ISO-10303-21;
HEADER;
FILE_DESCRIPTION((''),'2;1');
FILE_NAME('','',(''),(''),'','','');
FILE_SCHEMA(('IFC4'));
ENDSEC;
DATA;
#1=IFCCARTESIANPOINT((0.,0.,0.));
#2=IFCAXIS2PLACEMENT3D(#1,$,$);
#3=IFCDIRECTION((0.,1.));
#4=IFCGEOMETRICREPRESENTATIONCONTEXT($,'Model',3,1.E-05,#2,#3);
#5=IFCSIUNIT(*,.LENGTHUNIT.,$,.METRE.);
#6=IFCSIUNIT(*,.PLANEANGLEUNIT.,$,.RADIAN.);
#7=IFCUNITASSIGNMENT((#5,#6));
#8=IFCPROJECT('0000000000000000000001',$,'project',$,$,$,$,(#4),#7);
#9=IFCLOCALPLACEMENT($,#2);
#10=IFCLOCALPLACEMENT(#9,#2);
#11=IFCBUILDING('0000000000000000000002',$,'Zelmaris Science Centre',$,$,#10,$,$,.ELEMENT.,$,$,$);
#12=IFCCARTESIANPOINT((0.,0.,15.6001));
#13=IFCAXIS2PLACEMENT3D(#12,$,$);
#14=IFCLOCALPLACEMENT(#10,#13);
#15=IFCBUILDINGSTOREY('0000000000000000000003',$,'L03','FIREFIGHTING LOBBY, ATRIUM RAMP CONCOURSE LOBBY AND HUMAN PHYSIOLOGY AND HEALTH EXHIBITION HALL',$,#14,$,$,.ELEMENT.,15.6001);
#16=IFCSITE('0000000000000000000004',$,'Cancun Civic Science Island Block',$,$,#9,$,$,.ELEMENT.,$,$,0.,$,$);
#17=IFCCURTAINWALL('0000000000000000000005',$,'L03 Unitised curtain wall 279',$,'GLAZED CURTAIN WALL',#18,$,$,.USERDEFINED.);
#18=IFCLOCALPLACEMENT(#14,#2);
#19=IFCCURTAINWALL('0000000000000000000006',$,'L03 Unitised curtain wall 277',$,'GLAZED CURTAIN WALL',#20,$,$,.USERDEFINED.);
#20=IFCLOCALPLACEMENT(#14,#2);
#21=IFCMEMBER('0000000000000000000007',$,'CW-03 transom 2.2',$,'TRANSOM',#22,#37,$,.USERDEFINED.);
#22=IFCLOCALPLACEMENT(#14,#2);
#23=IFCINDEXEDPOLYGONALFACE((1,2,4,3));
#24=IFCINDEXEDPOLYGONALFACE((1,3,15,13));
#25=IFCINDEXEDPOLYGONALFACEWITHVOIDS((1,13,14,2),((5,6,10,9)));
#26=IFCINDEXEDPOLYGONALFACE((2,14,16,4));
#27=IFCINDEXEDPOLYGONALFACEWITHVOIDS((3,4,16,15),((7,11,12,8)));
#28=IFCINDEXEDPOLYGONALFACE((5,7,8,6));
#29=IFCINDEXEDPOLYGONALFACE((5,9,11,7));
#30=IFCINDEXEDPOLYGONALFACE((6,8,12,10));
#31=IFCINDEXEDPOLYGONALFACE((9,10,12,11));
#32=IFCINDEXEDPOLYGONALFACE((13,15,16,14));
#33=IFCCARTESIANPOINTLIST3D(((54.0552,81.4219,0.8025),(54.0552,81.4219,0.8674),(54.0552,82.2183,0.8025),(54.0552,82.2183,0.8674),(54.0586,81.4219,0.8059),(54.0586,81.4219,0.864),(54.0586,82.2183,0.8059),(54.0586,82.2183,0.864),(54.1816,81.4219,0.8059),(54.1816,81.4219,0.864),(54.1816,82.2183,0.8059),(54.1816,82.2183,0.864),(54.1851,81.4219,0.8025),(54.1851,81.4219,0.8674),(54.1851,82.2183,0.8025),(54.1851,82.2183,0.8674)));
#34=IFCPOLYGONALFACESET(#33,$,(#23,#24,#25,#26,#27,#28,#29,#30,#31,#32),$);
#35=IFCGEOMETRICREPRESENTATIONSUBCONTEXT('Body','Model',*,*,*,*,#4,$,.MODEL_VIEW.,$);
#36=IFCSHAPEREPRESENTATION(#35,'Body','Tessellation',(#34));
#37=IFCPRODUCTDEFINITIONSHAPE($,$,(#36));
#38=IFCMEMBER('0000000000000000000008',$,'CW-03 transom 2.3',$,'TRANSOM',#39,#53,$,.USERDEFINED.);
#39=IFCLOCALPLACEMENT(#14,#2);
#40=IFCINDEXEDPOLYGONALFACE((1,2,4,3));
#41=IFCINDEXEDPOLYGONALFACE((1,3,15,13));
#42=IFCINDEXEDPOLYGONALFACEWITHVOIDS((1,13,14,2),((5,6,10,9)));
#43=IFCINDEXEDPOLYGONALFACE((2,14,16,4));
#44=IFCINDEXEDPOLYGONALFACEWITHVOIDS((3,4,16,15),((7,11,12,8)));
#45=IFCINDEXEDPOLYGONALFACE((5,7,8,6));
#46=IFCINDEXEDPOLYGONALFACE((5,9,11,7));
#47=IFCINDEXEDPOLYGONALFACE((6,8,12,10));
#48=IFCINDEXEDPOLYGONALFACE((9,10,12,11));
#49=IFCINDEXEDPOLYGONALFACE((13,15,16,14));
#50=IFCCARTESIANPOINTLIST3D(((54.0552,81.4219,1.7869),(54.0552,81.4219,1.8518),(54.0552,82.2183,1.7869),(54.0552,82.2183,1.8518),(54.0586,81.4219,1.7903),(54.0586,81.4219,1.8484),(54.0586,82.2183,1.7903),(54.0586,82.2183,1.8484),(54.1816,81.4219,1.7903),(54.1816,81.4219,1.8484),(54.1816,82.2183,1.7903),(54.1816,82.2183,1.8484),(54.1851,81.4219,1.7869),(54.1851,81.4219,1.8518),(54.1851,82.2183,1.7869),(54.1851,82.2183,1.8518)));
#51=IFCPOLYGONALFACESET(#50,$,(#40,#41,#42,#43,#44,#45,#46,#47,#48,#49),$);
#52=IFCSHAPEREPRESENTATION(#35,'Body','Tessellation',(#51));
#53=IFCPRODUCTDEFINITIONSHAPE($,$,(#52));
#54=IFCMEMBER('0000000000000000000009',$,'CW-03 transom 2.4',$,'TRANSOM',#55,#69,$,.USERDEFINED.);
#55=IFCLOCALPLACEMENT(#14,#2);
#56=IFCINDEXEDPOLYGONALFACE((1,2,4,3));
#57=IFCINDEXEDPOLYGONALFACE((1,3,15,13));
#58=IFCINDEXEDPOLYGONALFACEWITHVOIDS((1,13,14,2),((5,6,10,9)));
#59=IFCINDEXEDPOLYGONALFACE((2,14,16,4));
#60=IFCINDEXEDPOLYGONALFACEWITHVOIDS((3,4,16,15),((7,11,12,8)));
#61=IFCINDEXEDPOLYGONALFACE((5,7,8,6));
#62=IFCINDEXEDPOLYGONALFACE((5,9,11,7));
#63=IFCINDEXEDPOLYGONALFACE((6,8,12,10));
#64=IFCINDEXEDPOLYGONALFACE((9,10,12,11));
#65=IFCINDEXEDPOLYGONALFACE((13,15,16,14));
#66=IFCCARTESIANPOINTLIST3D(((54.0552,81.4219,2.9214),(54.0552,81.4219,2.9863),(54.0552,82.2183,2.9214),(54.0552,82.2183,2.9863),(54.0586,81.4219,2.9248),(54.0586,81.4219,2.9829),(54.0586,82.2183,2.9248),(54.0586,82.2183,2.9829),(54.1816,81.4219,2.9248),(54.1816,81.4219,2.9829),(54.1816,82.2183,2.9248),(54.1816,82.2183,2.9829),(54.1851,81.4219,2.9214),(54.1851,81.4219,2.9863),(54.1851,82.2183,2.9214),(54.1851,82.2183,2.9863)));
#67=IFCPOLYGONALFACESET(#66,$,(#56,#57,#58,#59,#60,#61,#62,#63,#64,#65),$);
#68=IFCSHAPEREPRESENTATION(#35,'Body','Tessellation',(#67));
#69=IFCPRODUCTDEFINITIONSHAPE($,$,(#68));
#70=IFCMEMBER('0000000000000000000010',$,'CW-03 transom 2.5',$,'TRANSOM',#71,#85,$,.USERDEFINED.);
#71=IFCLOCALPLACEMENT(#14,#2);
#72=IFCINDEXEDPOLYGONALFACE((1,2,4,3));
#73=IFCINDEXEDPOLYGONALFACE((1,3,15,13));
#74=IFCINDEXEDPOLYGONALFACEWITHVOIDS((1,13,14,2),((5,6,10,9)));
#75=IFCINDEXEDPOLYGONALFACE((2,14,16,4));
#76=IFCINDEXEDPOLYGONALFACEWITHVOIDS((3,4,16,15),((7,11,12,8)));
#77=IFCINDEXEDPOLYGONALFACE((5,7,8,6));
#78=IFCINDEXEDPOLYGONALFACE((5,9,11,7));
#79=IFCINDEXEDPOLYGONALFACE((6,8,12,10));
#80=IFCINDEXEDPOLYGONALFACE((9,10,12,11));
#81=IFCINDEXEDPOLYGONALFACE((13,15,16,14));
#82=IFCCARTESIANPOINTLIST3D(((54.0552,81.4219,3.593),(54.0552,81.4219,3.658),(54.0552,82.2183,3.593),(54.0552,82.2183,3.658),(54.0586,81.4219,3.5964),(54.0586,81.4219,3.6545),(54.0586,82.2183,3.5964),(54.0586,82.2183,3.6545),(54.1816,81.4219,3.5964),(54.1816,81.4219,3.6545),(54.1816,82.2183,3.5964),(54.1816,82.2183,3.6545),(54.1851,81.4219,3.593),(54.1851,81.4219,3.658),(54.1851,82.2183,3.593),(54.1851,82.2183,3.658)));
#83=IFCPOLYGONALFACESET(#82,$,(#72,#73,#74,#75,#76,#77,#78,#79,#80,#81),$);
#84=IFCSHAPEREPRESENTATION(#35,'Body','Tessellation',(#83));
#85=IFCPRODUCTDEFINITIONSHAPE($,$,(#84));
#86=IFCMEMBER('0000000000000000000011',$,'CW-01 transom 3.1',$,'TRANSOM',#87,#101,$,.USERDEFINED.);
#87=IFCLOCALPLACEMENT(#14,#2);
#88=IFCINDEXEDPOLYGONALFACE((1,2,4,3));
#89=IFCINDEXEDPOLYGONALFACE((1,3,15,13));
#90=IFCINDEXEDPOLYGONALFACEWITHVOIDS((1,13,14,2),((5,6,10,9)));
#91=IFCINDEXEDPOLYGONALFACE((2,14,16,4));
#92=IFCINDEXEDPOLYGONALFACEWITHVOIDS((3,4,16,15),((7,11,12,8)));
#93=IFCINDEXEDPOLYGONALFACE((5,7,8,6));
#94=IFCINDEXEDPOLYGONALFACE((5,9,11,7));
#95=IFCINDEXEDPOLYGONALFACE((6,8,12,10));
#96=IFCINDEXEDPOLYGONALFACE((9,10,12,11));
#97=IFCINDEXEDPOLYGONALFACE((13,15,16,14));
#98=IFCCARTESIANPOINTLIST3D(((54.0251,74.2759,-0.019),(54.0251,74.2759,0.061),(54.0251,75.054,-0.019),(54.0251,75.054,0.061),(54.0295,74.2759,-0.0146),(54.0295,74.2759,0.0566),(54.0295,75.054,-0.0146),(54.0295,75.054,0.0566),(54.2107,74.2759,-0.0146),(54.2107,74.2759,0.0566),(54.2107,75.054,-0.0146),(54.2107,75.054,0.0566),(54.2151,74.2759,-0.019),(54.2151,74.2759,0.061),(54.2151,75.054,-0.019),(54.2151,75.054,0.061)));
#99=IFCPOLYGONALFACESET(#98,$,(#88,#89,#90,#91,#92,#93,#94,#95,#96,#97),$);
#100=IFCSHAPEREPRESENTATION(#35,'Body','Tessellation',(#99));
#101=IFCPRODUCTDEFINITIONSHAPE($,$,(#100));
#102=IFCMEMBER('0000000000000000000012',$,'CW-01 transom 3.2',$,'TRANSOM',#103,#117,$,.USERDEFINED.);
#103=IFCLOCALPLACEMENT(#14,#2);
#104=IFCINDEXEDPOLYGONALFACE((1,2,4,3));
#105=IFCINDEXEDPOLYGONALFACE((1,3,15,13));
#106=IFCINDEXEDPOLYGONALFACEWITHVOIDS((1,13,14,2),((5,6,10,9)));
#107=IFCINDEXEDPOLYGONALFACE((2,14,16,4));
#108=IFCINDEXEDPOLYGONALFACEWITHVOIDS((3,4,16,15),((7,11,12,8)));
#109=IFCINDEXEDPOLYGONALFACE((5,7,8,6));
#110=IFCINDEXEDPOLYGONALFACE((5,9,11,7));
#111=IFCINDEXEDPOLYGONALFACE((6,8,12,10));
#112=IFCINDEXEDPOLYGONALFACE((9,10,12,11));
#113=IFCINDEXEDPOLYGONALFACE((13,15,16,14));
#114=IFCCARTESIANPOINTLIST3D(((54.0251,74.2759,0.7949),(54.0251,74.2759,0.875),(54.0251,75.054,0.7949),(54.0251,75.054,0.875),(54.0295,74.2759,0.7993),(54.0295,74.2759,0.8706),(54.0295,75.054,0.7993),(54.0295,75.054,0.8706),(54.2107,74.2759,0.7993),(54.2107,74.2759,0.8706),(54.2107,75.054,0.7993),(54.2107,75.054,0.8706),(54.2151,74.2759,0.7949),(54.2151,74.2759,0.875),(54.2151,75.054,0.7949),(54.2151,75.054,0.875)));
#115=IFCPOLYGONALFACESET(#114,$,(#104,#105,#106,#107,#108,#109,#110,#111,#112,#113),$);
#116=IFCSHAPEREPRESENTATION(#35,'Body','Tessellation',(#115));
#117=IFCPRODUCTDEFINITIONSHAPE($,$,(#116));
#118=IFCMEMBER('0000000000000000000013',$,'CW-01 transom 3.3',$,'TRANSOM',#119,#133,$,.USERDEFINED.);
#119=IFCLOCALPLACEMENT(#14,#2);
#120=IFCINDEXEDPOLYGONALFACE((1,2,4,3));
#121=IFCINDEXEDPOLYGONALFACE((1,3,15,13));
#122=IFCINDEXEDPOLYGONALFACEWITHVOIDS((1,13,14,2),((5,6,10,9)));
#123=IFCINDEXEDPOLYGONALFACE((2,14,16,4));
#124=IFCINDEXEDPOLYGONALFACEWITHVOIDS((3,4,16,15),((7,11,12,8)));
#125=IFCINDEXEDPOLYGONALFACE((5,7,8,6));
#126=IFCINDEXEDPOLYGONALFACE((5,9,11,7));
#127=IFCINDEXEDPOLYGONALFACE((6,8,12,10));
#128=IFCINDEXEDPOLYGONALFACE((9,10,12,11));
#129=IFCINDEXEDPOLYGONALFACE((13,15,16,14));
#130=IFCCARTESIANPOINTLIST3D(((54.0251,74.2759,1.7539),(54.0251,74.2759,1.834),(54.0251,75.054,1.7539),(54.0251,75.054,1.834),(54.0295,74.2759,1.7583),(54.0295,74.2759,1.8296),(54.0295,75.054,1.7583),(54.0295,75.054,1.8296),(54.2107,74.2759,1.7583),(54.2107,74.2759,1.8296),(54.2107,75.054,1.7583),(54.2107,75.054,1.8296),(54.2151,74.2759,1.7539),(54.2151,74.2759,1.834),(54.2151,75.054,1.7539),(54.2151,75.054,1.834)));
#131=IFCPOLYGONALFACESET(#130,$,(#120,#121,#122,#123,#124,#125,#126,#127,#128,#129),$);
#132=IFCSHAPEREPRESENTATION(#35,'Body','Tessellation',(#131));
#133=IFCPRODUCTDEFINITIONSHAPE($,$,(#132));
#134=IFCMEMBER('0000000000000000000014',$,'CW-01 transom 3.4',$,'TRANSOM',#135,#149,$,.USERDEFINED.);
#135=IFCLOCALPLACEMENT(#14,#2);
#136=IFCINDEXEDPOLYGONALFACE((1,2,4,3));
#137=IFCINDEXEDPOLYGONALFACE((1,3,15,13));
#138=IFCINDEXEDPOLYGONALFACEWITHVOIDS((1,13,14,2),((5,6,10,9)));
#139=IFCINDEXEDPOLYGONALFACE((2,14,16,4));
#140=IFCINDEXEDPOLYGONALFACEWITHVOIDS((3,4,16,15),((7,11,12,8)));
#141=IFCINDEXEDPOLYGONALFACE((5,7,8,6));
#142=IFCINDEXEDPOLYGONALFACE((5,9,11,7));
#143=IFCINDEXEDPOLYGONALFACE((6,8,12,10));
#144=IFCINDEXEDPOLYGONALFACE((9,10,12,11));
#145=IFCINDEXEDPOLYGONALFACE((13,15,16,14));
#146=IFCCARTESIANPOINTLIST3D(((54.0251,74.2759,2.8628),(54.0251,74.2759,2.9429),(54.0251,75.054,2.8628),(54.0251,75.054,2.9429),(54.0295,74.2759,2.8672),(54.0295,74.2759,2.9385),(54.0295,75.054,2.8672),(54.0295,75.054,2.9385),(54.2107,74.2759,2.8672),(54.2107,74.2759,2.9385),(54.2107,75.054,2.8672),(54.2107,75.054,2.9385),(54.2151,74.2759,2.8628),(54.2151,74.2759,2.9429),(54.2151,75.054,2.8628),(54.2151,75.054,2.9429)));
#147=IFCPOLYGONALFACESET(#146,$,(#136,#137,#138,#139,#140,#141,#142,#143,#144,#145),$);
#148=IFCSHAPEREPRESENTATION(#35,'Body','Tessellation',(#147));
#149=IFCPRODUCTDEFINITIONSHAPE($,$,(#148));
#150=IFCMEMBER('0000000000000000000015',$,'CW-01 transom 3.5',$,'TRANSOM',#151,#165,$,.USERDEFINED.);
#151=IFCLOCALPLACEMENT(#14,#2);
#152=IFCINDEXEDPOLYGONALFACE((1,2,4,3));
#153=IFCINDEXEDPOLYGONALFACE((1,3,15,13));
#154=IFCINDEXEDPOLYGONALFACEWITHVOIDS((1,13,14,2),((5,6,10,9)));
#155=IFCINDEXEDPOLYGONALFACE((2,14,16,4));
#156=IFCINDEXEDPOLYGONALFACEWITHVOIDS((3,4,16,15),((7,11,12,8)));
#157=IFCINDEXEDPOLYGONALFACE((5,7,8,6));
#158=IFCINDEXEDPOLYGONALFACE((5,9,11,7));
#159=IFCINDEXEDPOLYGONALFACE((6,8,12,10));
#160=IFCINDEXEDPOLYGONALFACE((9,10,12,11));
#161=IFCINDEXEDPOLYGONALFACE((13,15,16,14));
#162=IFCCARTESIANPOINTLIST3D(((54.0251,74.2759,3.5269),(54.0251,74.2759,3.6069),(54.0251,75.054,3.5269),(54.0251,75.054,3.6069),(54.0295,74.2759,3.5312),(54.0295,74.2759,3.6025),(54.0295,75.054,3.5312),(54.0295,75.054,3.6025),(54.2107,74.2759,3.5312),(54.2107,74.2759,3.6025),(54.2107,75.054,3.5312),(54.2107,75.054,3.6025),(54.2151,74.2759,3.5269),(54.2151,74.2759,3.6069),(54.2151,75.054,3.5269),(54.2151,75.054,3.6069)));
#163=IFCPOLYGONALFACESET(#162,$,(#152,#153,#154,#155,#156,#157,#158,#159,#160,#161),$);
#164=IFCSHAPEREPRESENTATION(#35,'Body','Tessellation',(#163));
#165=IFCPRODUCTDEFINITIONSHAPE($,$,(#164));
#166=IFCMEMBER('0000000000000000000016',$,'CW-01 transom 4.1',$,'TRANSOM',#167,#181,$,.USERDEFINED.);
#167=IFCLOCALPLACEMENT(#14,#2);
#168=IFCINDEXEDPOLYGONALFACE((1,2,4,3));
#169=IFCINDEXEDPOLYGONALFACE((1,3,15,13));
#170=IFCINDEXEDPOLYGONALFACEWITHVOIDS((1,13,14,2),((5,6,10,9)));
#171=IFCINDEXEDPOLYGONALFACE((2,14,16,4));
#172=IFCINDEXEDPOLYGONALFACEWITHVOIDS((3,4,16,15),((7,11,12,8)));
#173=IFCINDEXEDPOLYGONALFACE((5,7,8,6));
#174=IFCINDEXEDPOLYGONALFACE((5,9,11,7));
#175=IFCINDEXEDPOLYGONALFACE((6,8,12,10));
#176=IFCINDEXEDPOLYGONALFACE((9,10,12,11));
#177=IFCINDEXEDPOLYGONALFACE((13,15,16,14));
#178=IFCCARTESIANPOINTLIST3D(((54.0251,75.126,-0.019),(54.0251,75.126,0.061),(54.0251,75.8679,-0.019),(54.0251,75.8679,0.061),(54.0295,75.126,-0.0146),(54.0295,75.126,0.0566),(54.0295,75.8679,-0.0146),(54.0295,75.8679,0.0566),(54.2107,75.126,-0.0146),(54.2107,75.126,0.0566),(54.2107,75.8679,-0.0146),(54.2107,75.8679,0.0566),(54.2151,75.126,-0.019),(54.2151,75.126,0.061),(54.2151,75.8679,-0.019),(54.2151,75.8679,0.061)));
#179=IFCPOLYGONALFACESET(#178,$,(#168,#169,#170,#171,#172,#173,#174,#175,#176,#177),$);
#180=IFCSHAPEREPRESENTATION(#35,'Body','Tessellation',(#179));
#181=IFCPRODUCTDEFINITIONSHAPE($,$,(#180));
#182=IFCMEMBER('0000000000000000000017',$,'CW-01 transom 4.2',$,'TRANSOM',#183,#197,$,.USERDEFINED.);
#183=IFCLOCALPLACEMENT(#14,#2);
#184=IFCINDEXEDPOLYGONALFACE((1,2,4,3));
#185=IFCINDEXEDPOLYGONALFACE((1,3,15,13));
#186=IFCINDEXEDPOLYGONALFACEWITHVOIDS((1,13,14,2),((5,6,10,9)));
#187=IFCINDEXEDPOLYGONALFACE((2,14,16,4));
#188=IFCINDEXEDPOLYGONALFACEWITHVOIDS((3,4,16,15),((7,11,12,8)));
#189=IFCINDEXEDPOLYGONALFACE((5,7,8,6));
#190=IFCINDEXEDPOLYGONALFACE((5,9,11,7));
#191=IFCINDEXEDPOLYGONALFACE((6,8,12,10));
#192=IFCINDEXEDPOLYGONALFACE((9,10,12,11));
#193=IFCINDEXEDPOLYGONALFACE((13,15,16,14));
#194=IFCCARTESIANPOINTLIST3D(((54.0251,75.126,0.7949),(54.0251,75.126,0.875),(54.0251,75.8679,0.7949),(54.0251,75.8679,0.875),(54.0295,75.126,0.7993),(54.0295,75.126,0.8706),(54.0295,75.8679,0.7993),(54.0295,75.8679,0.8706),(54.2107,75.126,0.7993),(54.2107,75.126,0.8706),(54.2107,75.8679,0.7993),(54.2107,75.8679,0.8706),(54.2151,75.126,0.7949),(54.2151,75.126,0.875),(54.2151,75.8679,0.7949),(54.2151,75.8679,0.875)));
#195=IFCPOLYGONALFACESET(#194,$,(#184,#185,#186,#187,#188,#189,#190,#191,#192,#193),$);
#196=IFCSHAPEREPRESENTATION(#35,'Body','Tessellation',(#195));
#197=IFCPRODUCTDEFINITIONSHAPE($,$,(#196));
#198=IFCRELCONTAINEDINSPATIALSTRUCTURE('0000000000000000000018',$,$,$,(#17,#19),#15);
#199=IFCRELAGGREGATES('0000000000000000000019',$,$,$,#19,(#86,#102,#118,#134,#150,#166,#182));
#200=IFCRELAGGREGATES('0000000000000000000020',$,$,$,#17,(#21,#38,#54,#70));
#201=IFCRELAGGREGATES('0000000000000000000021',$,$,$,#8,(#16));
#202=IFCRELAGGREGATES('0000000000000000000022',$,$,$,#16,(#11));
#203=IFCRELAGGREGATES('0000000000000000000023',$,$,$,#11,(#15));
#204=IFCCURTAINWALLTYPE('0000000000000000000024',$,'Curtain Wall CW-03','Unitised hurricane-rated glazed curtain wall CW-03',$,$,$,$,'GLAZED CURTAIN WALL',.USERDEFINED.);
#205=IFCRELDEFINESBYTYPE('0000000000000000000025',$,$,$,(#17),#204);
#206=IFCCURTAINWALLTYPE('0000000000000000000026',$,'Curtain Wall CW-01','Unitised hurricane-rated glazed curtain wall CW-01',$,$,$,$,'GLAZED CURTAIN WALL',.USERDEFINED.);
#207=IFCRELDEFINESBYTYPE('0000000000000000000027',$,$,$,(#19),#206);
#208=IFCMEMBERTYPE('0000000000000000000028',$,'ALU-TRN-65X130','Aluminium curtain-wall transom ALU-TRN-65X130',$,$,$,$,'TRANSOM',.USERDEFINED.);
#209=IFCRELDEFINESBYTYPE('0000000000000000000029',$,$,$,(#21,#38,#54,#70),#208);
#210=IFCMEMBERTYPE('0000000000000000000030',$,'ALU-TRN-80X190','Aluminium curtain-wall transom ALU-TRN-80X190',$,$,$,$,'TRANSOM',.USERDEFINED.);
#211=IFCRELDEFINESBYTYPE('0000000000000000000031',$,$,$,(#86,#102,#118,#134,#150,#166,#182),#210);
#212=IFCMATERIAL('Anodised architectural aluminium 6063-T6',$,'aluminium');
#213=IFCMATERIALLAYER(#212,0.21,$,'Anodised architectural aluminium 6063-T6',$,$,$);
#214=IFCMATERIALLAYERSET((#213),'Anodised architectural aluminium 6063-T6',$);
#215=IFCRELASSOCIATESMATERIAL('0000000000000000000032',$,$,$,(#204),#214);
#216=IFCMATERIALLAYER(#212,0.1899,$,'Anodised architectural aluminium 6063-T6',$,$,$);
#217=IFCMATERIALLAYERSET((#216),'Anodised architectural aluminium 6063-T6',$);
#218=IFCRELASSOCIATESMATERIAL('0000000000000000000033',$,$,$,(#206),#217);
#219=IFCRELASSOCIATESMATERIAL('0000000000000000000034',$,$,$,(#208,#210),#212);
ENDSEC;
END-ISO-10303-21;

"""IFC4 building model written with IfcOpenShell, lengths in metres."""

from ifc_helpers import new_model, si_unit, direction, frame, origin, origin_2d, place, context, subcontext, project, spatial, hollow_rectangle, extrude, material, layer, layer_set, material_profile, profile_set, type_object, element, aggregate, save


model = new_model("IFC4")

# Units and contexts
model_context = context("Model", 3, precision=1e-05, world=origin(), true_north=direction((0.0, 1.0)))
body_context = subcontext(model_context, "Body", "Model", "MODEL_VIEW")
ifc_project = project(units=[si_unit("LENGTHUNIT", "METRE"), si_unit("PLANEANGLEUNIT", "RADIAN")], contexts=[model_context])

# Site, building, storey
site_placement = place(None, origin())
site = spatial("IfcSite", under=ifc_project, at=site_placement, Name="Cancun Civic Science Island Block", CompositionType="ELEMENT", RefElevation=0.0)
building_placement = place(site_placement, origin())
building = spatial("IfcBuilding", under=site, at=building_placement, Name="Zelmaris Science Centre", CompositionType="ELEMENT")
storey_placement = place(building_placement, frame((0.0, 0.0, 15.6001)))
storey = spatial("IfcBuildingStorey", under=building, at=storey_placement, Name="L03", Description="FIREFIGHTING LOBBY, ATRIUM RAMP CONCOURSE LOBBY AND HUMAN PHYSIOLOGY AND HEALTH EXHIBITION HALL", CompositionType="ELEMENT", Elevation=15.6001)

# Curtain walls
ifc_material_1 = material(Name="Anodised architectural aluminium 6063-T6", Category="aluminium")
ifc_layer_1 = layer(ifc_material_1, 0.21, Name="Anodised architectural aluminium 6063-T6")
ifc_layer_set_1 = layer_set([ifc_layer_1], Name="Anodised architectural aluminium 6063-T6")
curtain_wall_type_1 = type_object("IfcCurtainWallType", Name="Curtain Wall CW-03", Description="Unitised hurricane-rated glazed curtain wall CW-03", ElementType="GLAZED CURTAIN WALL", PredefinedType="USERDEFINED", material=ifc_layer_set_1)
curtain_wall_1_placement = place(storey_placement, origin())
curtain_wall_1 = element("IfcCurtainWall", 1, at=curtain_wall_1_placement, inside=storey, type_object=curtain_wall_type_1, Name="L03 Unitised curtain wall 279", ObjectType="GLAZED CURTAIN WALL", PredefinedType="USERDEFINED")
ifc_layer_2 = layer(ifc_material_1, 0.1899, Name="Anodised architectural aluminium 6063-T6")
ifc_layer_set_2 = layer_set([ifc_layer_2], Name="Anodised architectural aluminium 6063-T6")
curtain_wall_type_2 = type_object("IfcCurtainWallType", Name="Curtain Wall CW-01", Description="Unitised hurricane-rated glazed curtain wall CW-01", ElementType="GLAZED CURTAIN WALL", PredefinedType="USERDEFINED", material=ifc_layer_set_2)
curtain_wall_2_placement = place(storey_placement, origin())
curtain_wall_2 = element("IfcCurtainWall", 2, at=curtain_wall_2_placement, inside=storey, type_object=curtain_wall_type_2, Name="L03 Unitised curtain wall 277", ObjectType="GLAZED CURTAIN WALL", PredefinedType="USERDEFINED")

# Members
ifc_material_profile_1 = material_profile(ifc_material_1, hollow_rectangle(XDim=0.0649, YDim=0.1299, WallThickness=0.0034, at=origin_2d()), Name="ALU-TRN-65X130")
ifc_profile_set_1 = profile_set([ifc_material_profile_1], Name="Anodised architectural aluminium 6063-T6")
member_type_1 = type_object("IfcMemberType", Name="ALU-TRN-65X130", Description="Aluminium curtain-wall transom ALU-TRN-65X130", ElementType="TRANSOM", PredefinedType="USERDEFINED", material=ifc_profile_set_1)
member_1_placement = place(storey_placement, frame((54.1201, 81.4219, 0.835), z_axis=(0.0, 1.0, 0.0), x_axis=(0.0, 0.0, 1.0)))
member_1 = element("IfcMember", 3, at=member_1_placement, type_object=member_type_1, Name="CW-03 transom 2.2", ObjectType="TRANSOM", PredefinedType="USERDEFINED", context=body_context, shape_type="SweptSolid", body=[
    extrude(hollow_rectangle(XDim=0.0649, YDim=0.1299, WallThickness=0.0034, at=origin_2d()), origin(), (0.0, 0.0, 1.0), 0.7964),
])
member_2_placement = place(storey_placement, frame((54.1201, 81.4219, 1.8193), z_axis=(0.0, 1.0, 0.0), x_axis=(0.0, 0.0, 1.0)))
member_2 = element("IfcMember", 4, at=member_2_placement, type_object=member_type_1, Name="CW-03 transom 2.3", ObjectType="TRANSOM", PredefinedType="USERDEFINED", context=body_context, shape_type="SweptSolid", body=[
    extrude(hollow_rectangle(XDim=0.0649, YDim=0.1299, WallThickness=0.0034, at=origin_2d()), origin(), (0.0, 0.0, 1.0), 0.7964),
])
member_3_placement = place(storey_placement, frame((54.1201, 81.4219, 2.9539), z_axis=(0.0, 1.0, 0.0), x_axis=(0.0, 0.0, 1.0)))
member_3 = element("IfcMember", 5, at=member_3_placement, type_object=member_type_1, Name="CW-03 transom 2.4", ObjectType="TRANSOM", PredefinedType="USERDEFINED", context=body_context, shape_type="SweptSolid", body=[
    extrude(hollow_rectangle(XDim=0.0649, YDim=0.1299, WallThickness=0.0034, at=origin_2d()), origin(), (0.0, 0.0, 1.0), 0.7964),
])
member_4_placement = place(storey_placement, frame((54.1201, 81.4219, 3.6255), z_axis=(0.0, 1.0, 0.0), x_axis=(0.0, 0.0, 1.0)))
member_4 = element("IfcMember", 6, at=member_4_placement, type_object=member_type_1, Name="CW-03 transom 2.5", ObjectType="TRANSOM", PredefinedType="USERDEFINED", context=body_context, shape_type="SweptSolid", body=[
    extrude(hollow_rectangle(XDim=0.0649, YDim=0.1299, WallThickness=0.0034, at=origin_2d()), origin(), (0.0, 0.0, 1.0), 0.7964),
])
ifc_material_profile_2 = material_profile(ifc_material_1, hollow_rectangle(XDim=0.0801, YDim=0.1899, WallThickness=0.0044, at=origin_2d()), Name="ALU-TRN-80X190")
ifc_profile_set_2 = profile_set([ifc_material_profile_2], Name="Anodised architectural aluminium 6063-T6")
member_type_2 = type_object("IfcMemberType", Name="ALU-TRN-80X190", Description="Aluminium curtain-wall transom ALU-TRN-80X190", ElementType="TRANSOM", PredefinedType="USERDEFINED", material=ifc_profile_set_2)
member_5_placement = place(storey_placement, frame((54.1201, 74.2759, 0.021), z_axis=(0.0, 1.0, 0.0), x_axis=(0.0, 0.0, 1.0)))
member_5 = element("IfcMember", 7, at=member_5_placement, type_object=member_type_2, Name="CW-01 transom 3.1", ObjectType="TRANSOM", PredefinedType="USERDEFINED", context=body_context, shape_type="SweptSolid", body=[
    extrude(hollow_rectangle(XDim=0.0801, YDim=0.1899, WallThickness=0.0044, at=origin_2d()), origin(), (0.0, 0.0, 1.0), 0.7781),
])
member_6_placement = place(storey_placement, frame((54.1201, 74.2759, 0.835), z_axis=(0.0, 1.0, 0.0), x_axis=(0.0, 0.0, 1.0)))
member_6 = element("IfcMember", 8, at=member_6_placement, type_object=member_type_2, Name="CW-01 transom 3.2", ObjectType="TRANSOM", PredefinedType="USERDEFINED", context=body_context, shape_type="SweptSolid", body=[
    extrude(hollow_rectangle(XDim=0.0801, YDim=0.1899, WallThickness=0.0044, at=origin_2d()), origin(), (0.0, 0.0, 1.0), 0.7781),
])
member_7_placement = place(storey_placement, frame((54.1201, 74.2759, 1.7939), z_axis=(0.0, 1.0, 0.0), x_axis=(0.0, 0.0, 1.0)))
member_7 = element("IfcMember", 9, at=member_7_placement, type_object=member_type_2, Name="CW-01 transom 3.3", ObjectType="TRANSOM", PredefinedType="USERDEFINED", context=body_context, shape_type="SweptSolid", body=[
    extrude(hollow_rectangle(XDim=0.0801, YDim=0.1899, WallThickness=0.0044, at=origin_2d()), origin(), (0.0, 0.0, 1.0), 0.7781),
])
member_8_placement = place(storey_placement, frame((54.1201, 74.2759, 2.9028), z_axis=(0.0, 1.0, 0.0), x_axis=(0.0, 0.0, 1.0)))
member_8 = element("IfcMember", 10, at=member_8_placement, type_object=member_type_2, Name="CW-01 transom 3.4", ObjectType="TRANSOM", PredefinedType="USERDEFINED", context=body_context, shape_type="SweptSolid", body=[
    extrude(hollow_rectangle(XDim=0.0801, YDim=0.1899, WallThickness=0.0044, at=origin_2d()), origin(), (0.0, 0.0, 1.0), 0.7781),
])
member_9_placement = place(storey_placement, frame((54.1201, 74.2759, 3.5669), z_axis=(0.0, 1.0, 0.0), x_axis=(0.0, 0.0, 1.0)))
member_9 = element("IfcMember", 11, at=member_9_placement, type_object=member_type_2, Name="CW-01 transom 3.5", ObjectType="TRANSOM", PredefinedType="USERDEFINED", context=body_context, shape_type="SweptSolid", body=[
    extrude(hollow_rectangle(XDim=0.0801, YDim=0.1899, WallThickness=0.0044, at=origin_2d()), origin(), (0.0, 0.0, 1.0), 0.7781),
])
member_10_placement = place(storey_placement, frame((54.1201, 75.126, 0.021), z_axis=(0.0, 1.0, 0.0), x_axis=(0.0, 0.0, 1.0)))
member_10 = element("IfcMember", 12, at=member_10_placement, type_object=member_type_2, Name="CW-01 transom 4.1", ObjectType="TRANSOM", PredefinedType="USERDEFINED", context=body_context, shape_type="SweptSolid", body=[
    extrude(hollow_rectangle(XDim=0.0801, YDim=0.1899, WallThickness=0.0044, at=origin_2d()), origin(), (0.0, 0.0, 1.0), 0.7419),
])
member_11_placement = place(storey_placement, frame((54.1201, 75.126, 0.835), z_axis=(0.0, 1.0, 0.0), x_axis=(0.0, 0.0, 1.0)))
member_11 = element("IfcMember", 13, at=member_11_placement, type_object=member_type_2, Name="CW-01 transom 4.2", ObjectType="TRANSOM", PredefinedType="USERDEFINED", context=body_context, shape_type="SweptSolid", body=[
    extrude(hollow_rectangle(XDim=0.0801, YDim=0.1899, WallThickness=0.0044, at=origin_2d()), origin(), (0.0, 0.0, 1.0), 0.7419),
])

aggregate(curtain_wall_2, [member_5, member_6, member_7, member_8, member_9, member_10, member_11])
aggregate(curtain_wall_1, [member_1, member_2, member_3, member_4])

save(model, "model.ifc")
